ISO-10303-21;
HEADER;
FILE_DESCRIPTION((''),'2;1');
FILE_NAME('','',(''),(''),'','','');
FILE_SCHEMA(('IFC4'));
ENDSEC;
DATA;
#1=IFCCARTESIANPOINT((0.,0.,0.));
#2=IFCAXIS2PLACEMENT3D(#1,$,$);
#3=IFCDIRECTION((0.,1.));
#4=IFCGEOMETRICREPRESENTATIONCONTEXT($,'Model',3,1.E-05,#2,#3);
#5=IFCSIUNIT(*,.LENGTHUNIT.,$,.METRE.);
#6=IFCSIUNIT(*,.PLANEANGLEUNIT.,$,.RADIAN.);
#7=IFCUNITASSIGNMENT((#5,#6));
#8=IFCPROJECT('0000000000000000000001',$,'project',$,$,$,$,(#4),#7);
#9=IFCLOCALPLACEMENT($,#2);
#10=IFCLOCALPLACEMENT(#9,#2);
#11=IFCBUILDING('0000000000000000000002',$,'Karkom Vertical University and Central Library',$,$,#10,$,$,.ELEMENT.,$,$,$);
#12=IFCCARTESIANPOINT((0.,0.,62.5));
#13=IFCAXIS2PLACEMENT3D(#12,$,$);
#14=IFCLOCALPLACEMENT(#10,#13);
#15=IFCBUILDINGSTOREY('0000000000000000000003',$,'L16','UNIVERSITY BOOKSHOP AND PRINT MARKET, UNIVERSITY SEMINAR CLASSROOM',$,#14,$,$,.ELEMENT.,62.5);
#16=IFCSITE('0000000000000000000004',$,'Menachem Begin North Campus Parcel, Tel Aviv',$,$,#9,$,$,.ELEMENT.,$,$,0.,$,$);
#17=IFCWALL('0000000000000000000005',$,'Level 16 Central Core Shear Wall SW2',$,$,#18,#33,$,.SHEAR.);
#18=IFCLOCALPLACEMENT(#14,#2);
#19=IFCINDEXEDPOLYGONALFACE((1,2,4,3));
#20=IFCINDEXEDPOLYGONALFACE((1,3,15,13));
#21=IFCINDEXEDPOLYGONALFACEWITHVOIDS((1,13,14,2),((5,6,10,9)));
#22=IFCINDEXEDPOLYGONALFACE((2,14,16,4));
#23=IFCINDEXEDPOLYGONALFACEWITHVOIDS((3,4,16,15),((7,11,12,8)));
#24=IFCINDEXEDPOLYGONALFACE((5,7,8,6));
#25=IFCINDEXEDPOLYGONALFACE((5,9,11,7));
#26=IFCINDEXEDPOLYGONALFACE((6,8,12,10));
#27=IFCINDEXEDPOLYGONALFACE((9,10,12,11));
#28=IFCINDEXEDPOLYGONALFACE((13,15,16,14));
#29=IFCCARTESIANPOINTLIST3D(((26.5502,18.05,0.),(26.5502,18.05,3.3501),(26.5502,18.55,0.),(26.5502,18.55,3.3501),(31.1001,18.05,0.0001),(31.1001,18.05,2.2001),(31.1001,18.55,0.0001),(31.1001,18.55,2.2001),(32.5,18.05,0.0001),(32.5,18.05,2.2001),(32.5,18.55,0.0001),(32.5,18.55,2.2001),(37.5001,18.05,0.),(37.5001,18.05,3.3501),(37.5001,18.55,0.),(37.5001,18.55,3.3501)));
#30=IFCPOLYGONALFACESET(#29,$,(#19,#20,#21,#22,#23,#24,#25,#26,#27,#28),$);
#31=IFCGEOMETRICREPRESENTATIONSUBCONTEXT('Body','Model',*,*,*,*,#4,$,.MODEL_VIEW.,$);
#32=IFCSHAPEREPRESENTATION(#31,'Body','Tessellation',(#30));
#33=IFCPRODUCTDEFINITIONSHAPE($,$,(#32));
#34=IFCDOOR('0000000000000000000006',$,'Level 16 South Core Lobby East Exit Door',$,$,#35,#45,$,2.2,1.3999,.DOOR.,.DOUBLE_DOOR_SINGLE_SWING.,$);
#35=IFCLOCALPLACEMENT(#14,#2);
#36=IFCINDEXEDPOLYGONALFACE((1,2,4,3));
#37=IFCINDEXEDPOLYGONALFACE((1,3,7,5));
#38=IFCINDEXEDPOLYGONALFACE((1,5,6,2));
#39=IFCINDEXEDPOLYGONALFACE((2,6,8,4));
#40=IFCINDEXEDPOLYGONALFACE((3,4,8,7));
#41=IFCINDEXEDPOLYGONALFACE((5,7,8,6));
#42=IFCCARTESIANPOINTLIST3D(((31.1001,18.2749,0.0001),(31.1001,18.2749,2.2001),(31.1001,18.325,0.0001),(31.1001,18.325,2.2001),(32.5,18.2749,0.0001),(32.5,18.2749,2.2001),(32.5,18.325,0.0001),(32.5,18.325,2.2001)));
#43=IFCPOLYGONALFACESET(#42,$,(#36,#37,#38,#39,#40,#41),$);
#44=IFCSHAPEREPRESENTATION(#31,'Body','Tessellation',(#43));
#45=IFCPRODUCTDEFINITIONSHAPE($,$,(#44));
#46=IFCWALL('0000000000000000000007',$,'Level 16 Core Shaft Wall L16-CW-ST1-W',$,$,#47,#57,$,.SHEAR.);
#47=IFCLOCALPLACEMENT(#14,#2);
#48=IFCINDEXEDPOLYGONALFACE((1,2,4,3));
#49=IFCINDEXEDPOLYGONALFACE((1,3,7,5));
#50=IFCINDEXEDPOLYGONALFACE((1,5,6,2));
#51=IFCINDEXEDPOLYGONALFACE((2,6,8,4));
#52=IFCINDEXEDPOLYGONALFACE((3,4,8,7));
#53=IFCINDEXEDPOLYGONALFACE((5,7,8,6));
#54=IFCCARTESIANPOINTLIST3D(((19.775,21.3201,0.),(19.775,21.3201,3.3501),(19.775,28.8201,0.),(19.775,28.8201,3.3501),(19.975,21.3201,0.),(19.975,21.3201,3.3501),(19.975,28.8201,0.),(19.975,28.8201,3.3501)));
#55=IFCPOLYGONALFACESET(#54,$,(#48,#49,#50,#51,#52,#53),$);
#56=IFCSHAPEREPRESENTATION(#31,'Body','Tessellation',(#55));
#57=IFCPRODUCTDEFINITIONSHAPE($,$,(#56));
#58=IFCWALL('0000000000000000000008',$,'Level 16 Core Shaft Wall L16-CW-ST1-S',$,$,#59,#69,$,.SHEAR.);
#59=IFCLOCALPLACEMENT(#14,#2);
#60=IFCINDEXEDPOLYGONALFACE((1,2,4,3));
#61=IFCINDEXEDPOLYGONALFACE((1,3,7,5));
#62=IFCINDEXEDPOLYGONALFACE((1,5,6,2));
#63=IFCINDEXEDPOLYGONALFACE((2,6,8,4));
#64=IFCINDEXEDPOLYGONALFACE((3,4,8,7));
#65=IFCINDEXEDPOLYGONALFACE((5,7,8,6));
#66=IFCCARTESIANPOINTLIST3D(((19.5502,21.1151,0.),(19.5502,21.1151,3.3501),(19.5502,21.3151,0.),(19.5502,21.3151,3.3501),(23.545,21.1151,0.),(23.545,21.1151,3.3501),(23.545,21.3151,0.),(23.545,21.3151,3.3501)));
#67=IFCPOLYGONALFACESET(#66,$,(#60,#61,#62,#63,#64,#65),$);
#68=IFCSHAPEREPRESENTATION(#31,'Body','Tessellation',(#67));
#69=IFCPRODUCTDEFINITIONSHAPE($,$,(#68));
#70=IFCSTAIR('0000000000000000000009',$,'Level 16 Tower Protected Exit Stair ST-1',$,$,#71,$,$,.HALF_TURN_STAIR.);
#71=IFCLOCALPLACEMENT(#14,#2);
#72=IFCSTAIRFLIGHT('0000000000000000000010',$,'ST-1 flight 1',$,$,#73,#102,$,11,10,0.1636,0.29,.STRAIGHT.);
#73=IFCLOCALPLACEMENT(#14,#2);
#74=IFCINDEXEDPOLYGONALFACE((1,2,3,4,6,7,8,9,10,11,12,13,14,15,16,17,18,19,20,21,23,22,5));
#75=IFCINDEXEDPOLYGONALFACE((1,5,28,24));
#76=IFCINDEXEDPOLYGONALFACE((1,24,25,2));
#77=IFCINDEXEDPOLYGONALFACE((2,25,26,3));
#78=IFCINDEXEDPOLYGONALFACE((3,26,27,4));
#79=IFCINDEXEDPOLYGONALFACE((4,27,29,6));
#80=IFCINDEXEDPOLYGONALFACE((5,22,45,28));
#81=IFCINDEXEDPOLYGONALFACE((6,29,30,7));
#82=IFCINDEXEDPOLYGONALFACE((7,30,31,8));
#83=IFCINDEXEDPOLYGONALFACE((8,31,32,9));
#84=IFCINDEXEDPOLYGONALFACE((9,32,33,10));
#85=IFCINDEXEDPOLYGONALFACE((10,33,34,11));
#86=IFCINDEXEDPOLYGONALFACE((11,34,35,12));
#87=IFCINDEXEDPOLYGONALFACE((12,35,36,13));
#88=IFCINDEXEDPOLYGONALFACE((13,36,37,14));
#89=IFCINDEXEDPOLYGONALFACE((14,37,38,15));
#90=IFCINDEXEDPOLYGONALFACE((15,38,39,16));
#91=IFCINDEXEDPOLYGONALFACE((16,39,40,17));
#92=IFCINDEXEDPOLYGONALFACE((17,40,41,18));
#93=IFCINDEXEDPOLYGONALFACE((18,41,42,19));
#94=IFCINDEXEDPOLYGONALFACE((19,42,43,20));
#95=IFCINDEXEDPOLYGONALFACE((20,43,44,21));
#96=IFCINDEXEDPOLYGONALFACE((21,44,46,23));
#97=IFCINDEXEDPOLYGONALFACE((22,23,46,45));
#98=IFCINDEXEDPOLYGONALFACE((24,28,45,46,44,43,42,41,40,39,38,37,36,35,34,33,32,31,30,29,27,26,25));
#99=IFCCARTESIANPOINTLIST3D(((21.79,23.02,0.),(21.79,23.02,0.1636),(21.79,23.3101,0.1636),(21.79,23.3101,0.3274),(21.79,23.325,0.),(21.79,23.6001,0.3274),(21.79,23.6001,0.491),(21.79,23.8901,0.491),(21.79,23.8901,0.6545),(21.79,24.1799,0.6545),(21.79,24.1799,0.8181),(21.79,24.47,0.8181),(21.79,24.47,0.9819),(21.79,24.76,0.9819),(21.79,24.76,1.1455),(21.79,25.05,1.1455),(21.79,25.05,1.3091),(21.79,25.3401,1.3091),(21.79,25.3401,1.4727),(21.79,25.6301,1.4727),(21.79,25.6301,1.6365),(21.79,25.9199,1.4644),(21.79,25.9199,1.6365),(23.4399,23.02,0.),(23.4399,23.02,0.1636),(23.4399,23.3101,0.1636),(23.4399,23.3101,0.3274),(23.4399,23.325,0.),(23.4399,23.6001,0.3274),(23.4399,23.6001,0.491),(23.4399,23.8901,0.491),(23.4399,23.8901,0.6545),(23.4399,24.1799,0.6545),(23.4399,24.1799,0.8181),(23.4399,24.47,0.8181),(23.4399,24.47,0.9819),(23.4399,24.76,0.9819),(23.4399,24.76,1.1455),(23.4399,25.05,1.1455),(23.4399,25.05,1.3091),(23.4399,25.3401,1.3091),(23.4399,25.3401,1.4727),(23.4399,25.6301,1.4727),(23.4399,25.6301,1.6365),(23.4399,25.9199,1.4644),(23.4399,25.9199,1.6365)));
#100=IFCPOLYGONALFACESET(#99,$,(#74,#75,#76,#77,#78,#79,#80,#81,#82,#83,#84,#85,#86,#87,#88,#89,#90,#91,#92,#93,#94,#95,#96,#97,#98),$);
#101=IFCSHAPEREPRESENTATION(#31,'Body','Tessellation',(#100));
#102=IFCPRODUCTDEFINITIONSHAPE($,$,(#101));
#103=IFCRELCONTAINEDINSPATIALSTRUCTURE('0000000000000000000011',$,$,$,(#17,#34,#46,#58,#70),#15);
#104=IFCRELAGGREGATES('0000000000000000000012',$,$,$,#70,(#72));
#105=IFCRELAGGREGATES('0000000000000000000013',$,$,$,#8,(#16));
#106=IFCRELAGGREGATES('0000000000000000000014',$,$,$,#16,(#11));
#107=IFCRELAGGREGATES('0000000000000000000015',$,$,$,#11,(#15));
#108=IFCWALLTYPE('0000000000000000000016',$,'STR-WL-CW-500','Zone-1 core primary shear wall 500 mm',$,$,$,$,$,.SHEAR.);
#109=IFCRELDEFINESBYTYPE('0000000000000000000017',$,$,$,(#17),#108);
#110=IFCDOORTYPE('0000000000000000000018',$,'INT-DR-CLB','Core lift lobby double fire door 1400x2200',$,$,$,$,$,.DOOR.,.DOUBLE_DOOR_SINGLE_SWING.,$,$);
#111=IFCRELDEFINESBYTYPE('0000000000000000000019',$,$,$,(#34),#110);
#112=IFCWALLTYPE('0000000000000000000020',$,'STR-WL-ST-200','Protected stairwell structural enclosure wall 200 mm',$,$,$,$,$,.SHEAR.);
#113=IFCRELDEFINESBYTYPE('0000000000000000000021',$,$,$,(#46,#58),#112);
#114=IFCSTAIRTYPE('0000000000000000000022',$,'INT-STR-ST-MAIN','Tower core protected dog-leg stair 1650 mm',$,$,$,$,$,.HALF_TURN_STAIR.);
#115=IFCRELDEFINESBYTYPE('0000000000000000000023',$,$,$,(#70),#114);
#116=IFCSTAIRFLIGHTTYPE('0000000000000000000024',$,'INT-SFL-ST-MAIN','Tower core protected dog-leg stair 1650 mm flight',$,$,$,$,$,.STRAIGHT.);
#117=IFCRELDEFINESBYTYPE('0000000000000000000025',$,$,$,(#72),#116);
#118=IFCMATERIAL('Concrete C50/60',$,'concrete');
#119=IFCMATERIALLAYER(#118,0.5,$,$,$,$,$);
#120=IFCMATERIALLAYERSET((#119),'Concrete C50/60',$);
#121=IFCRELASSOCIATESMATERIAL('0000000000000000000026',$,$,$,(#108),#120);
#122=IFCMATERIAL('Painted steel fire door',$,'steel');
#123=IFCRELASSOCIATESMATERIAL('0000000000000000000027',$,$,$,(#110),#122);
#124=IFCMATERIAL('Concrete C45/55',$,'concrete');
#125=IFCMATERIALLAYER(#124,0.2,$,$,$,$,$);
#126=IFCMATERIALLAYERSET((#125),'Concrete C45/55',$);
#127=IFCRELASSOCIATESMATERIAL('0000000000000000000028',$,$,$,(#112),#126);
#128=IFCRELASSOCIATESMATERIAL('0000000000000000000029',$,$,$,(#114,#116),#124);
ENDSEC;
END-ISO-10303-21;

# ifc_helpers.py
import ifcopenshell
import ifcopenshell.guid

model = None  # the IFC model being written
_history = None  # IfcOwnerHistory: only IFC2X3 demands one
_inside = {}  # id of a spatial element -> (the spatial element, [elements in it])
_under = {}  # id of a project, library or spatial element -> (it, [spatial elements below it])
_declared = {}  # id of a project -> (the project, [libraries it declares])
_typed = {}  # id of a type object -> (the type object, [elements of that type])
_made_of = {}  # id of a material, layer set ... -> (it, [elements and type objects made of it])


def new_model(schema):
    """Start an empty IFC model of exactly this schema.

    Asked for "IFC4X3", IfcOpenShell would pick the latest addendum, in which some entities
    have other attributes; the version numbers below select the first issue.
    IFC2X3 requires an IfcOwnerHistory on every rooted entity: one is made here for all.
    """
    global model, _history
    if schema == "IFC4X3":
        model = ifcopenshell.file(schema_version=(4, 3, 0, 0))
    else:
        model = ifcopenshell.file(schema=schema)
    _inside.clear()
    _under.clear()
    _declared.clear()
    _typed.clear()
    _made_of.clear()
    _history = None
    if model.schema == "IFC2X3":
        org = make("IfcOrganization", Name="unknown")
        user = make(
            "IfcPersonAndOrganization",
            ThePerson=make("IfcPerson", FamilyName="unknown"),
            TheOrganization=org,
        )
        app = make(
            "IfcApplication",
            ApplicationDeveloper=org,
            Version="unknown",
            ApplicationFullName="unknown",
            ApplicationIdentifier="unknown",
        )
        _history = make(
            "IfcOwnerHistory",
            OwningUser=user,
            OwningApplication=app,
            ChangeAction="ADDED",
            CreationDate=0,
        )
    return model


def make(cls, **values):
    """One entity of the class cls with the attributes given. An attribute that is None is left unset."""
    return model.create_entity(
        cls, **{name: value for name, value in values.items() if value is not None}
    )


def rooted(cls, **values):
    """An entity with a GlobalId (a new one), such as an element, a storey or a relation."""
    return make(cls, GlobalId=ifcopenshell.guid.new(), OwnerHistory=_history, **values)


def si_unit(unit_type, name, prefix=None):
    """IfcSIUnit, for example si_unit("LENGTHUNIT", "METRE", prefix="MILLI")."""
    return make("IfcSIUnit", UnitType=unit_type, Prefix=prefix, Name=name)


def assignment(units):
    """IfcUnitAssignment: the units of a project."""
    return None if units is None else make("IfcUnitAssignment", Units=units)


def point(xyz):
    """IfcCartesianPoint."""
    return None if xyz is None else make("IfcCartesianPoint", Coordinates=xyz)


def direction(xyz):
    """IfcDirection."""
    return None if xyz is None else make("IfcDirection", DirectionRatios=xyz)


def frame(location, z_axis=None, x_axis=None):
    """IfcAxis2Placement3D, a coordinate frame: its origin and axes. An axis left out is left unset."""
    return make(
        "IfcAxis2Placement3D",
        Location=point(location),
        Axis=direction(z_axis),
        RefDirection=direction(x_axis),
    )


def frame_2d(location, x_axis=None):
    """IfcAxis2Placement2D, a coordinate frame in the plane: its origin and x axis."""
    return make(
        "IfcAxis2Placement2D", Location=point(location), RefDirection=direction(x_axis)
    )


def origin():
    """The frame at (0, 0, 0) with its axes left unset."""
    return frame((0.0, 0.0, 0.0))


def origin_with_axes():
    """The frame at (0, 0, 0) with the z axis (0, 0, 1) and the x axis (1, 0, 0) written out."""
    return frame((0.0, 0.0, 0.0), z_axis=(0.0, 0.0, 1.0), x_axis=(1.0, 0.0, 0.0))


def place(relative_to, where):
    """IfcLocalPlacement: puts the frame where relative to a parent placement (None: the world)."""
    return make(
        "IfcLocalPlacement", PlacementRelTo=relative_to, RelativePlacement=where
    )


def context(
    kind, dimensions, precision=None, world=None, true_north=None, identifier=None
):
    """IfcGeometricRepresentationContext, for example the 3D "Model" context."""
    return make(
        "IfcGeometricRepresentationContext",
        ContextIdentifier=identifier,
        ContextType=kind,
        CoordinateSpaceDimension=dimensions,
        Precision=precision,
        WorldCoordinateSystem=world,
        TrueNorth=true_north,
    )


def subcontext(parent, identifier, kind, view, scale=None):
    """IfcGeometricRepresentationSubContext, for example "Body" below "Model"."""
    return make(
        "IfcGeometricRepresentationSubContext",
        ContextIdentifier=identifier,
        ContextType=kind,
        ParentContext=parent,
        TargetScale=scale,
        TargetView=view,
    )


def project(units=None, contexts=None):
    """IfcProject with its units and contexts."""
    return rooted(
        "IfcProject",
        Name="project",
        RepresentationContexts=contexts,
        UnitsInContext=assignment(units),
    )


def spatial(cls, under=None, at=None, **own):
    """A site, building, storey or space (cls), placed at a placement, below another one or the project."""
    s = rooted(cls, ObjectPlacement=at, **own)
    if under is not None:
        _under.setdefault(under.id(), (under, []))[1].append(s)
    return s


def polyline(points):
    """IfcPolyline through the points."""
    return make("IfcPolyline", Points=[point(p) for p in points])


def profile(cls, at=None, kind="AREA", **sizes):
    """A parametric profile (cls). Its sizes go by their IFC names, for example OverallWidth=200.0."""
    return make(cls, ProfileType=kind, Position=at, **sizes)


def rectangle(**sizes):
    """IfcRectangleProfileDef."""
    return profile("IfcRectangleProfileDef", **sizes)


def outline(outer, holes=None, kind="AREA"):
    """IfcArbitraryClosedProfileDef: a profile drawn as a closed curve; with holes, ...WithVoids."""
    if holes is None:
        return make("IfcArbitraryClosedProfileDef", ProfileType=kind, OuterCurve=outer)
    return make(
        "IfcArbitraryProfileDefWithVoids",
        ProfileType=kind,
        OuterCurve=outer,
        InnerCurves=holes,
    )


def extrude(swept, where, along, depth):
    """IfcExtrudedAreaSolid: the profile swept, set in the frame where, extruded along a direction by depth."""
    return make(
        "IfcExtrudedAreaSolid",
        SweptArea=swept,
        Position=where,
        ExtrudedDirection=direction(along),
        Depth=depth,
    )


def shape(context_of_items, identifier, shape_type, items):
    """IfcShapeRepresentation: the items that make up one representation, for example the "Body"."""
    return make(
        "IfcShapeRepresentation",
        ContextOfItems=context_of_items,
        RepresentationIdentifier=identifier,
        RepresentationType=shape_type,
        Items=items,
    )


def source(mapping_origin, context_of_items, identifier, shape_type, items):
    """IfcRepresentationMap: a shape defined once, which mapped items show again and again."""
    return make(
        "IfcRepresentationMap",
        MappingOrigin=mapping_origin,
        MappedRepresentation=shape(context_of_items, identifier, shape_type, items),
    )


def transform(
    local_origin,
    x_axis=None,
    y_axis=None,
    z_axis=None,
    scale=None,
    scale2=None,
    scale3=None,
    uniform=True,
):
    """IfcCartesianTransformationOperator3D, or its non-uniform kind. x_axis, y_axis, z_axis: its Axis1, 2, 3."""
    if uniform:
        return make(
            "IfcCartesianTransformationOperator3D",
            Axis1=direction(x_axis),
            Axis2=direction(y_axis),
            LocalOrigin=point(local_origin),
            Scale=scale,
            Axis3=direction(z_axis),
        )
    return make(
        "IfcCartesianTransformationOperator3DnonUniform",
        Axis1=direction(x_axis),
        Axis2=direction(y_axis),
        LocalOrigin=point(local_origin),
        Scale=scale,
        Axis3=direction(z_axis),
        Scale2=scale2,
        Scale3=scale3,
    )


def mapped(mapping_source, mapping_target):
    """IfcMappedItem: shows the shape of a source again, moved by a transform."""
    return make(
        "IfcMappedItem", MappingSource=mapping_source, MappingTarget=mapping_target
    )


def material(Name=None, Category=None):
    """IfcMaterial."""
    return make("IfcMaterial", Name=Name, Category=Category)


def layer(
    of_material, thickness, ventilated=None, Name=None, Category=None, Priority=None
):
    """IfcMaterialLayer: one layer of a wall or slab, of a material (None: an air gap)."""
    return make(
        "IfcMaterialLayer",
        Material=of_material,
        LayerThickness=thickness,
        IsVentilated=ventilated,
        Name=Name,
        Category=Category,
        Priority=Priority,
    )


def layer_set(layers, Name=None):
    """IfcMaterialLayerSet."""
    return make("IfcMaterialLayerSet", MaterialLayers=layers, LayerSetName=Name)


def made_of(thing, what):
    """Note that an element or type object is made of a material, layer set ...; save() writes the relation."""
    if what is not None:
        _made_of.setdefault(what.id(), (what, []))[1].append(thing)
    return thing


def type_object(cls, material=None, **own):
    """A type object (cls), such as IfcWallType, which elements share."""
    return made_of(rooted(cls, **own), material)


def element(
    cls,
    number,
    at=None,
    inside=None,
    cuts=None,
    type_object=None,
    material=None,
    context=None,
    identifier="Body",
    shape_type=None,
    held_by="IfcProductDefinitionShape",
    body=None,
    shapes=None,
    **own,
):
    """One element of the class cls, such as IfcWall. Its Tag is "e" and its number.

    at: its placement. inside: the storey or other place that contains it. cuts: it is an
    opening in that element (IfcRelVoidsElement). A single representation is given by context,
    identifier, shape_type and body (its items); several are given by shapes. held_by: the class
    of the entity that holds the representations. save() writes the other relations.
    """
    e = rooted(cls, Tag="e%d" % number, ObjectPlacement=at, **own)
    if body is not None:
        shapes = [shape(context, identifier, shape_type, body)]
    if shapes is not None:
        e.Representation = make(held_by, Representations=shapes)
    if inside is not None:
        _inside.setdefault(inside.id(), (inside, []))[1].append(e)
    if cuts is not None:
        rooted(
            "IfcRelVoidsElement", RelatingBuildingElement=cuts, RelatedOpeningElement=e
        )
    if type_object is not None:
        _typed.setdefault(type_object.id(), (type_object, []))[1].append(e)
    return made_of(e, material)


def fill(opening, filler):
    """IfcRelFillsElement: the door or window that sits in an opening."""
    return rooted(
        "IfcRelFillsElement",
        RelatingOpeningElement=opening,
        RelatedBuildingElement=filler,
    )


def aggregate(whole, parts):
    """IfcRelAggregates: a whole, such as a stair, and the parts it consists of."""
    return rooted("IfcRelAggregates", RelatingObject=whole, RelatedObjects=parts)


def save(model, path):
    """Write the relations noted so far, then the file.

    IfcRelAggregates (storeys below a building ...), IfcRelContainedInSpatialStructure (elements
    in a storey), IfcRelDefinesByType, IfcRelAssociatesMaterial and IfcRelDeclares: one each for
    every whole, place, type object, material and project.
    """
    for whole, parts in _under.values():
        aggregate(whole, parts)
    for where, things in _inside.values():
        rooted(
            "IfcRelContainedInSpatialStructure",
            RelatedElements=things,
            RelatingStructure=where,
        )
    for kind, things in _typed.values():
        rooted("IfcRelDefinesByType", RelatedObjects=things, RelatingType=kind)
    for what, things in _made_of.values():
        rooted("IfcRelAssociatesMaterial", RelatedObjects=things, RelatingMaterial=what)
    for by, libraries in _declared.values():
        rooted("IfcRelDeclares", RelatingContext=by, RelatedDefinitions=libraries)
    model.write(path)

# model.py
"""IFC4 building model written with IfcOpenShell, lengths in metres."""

from ifc_helpers import new_model, si_unit, direction, frame, frame_2d, origin, origin_with_axes, place, context, subcontext, project, spatial, polyline, rectangle, outline, extrude, source, transform, mapped, material, layer, layer_set, type_object, element, fill, aggregate, save


model = new_model("IFC4")

# Units and contexts
model_context = context("Model", 3, precision=1e-05, world=origin(), true_north=direction((0.0, 1.0)))
body_context = subcontext(model_context, "Body", "Model", "MODEL_VIEW")
ifc_project = project(units=[si_unit("LENGTHUNIT", "METRE"), si_unit("PLANEANGLEUNIT", "RADIAN")], contexts=[model_context])

# Site, building, storey
site_placement = place(None, origin())
site = spatial("IfcSite", under=ifc_project, at=site_placement, Name="Menachem Begin North Campus Parcel, Tel Aviv", CompositionType="ELEMENT", RefElevation=0.0)
building_placement = place(site_placement, origin())
building = spatial("IfcBuilding", under=site, at=building_placement, Name="Karkom Vertical University and Central Library", CompositionType="ELEMENT")
storey_placement = place(building_placement, frame((0.0, 0.0, 62.5)))
storey = spatial("IfcBuildingStorey", under=building, at=storey_placement, Name="L16", Description="UNIVERSITY BOOKSHOP AND PRINT MARKET, UNIVERSITY SEMINAR CLASSROOM", CompositionType="ELEMENT", Elevation=62.5)

# Shared definitions
ifc_material_1 = material(Name="Concrete C50/60", Category="concrete")

# Wall, opening, door
ifc_layer_1 = layer(ifc_material_1, 0.5)
ifc_layer_set_1 = layer_set([ifc_layer_1], Name="Concrete C50/60")
wall_type_1 = type_object("IfcWallType", Name="STR-WL-CW-500", Description="Zone-1 core primary shear wall 500 mm", PredefinedType="SHEAR", material=ifc_layer_set_1)
wall_1_placement = place(storey_placement, frame((26.55, 18.3, 0.0), z_axis=(0.0, 0.0, 1.0), x_axis=(1.0, 0.0, 0.0)))
wall_1 = element("IfcWall", 1, at=wall_1_placement, inside=storey, type_object=wall_type_1, Name="Level 16 Central Core Shear Wall SW2", PredefinedType="SHEAR", context=body_context, shape_type="SweptSolid", body=[
    extrude(rectangle(XDim=10.95, YDim=0.5, at=frame_2d((5.4751, 0.0))), origin(), (0.0, 0.0, 1.0), 3.3501),
])
opening_1_placement = place(wall_1_placement, frame((4.55, 0.0, 0.0)))
opening_1 = element("IfcOpeningElement", 2, at=opening_1_placement, cuts=wall_1, PredefinedType="OPENING", context=body_context, shape_type="SweptSolid", body=[
    extrude(rectangle(XDim=1.3999, YDim=2.2, at=frame_2d((0.7, 1.1001))), frame((0.0, 0.26, 0.0), z_axis=(0.0, -1.0, 0.0), x_axis=(1.0, 0.0, 0.0)), (0.0, 0.0, 1.0), 0.52),
])
ifc_material_2 = material(Name="Painted steel fire door", Category="steel")
door_type_1 = type_object("IfcDoorType", Name="INT-DR-CLB", Description="Core lift lobby double fire door 1400x2200", OperationType="DOUBLE_DOOR_SINGLE_SWING", PredefinedType="DOOR", material=ifc_material_2)
shared_shape_1 = source(origin_with_axes(), body_context, "Body", "SweptSolid", [
    extrude(rectangle(XDim=1.3999, YDim=2.2, at=frame_2d((0.7, 1.1001))), frame((0.0, 0.0249, 0.0), z_axis=(0.0, -1.0, 0.0), x_axis=(1.0, 0.0, 0.0)), (0.0, 0.0, 1.0), 0.05),
])
door_1_placement = place(opening_1_placement, origin())
door_1 = element("IfcDoor", 3, at=door_1_placement, inside=storey, type_object=door_type_1, Name="Level 16 South Core Lobby East Exit Door", OperationType="DOUBLE_DOOR_SINGLE_SWING", OverallHeight=2.2, OverallWidth=1.3999, PredefinedType="DOOR", context=body_context, shape_type="MappedRepresentation", body=[
    mapped(shared_shape_1, transform((0.0, 0.0, 0.0), scale=1.0)),
])
fill(opening_1, door_1)

# Shared definitions
ifc_material_3 = material(Name="Concrete C45/55", Category="concrete")
ifc_layer_2 = layer(ifc_material_3, 0.2)
ifc_layer_set_2 = layer_set([ifc_layer_2], Name="Concrete C45/55")
wall_type_2 = type_object("IfcWallType", Name="STR-WL-ST-200", Description="Protected stairwell structural enclosure wall 200 mm", PredefinedType="SHEAR", material=ifc_layer_set_2)

# Walls
wall_2_placement = place(storey_placement, frame((19.875, 21.3201, 0.0), z_axis=(0.0, 0.0, 1.0), x_axis=(0.0, 1.0, 0.0)))
element("IfcWall", 4, at=wall_2_placement, inside=storey, type_object=wall_type_2, Name="Level 16 Core Shaft Wall L16-CW-ST1-W", PredefinedType="SHEAR", context=body_context, shape_type="SweptSolid", body=[
    extrude(rectangle(XDim=7.5, YDim=0.2, at=frame_2d((3.75, 0.0))), origin(), (0.0, 0.0, 1.0), 3.3501),
])
wall_3_placement = place(storey_placement, frame((19.55, 21.2151, 0.0), z_axis=(0.0, 0.0, 1.0), x_axis=(1.0, 0.0, 0.0)))
element("IfcWall", 5, at=wall_3_placement, inside=storey, type_object=wall_type_2, Name="Level 16 Core Shaft Wall L16-CW-ST1-S", PredefinedType="SHEAR", context=body_context, shape_type="SweptSolid", body=[
    extrude(rectangle(XDim=3.9949, YDim=0.2, at=frame_2d((1.9976, 0.0))), origin(), (0.0, 0.0, 1.0), 3.3501),
])

# Stair, stair flight
stair_type = type_object("IfcStairType", Name="INT-STR-ST-MAIN", Description="Tower core protected dog-leg stair 1650 mm", PredefinedType="HALF_TURN_STAIR", material=ifc_material_3)
stair_placement = place(storey_placement, origin())
stair = element("IfcStair", 6, at=stair_placement, inside=storey, type_object=stair_type, Name="Level 16 Tower Protected Exit Stair ST-1", PredefinedType="HALF_TURN_STAIR")
stair_flight_type = type_object("IfcStairFlightType", Name="INT-SFL-ST-MAIN", Description="Tower core protected dog-leg stair 1650 mm flight", PredefinedType="STRAIGHT", material=ifc_material_3)
stair_flight_placement = place(storey_placement, frame((22.615, 23.02, 0.0), z_axis=(0.0, 0.0, 1.0), x_axis=(0.0, 1.0, 0.0)))
stair_flight = element("IfcStairFlight", 7, at=stair_flight_placement, type_object=stair_flight_type, Name="ST-1 flight 1", NumberOfRisers=11, NumberOfTreads=10, PredefinedType="STRAIGHT", RiserHeight=0.1636, TreadLength=0.29, context=body_context, shape_type="SweptSolid", body=[
    extrude(outline(polyline([(0.0, 0.0), (0.0, 0.1636), (0.29, 0.1636), (0.29, 0.3274), (0.5801, 0.3274), (0.5801, 0.491), (0.8701, 0.491), (0.8701, 0.6545), (1.1599, 0.6545), (1.1599, 0.8181), (1.45, 0.8181), (1.45, 0.9819), (1.74, 0.9819), (1.74, 1.1455), (2.03, 1.1455), (2.03, 1.3091), (2.3201, 1.3091), (2.3201, 1.4727), (2.6101, 1.4727), (2.6101, 1.6365), (2.8999, 1.6365), (2.8999, 1.8), (2.8999, 1.4644), (0.3049, 0.0), (0.0, 0.0)])), frame((0.0, 0.825, 0.0), z_axis=(0.0, -1.0, 0.0), x_axis=(1.0, 0.0, 0.0)), (0.0, 0.0, 1.0), 1.6499),
])
aggregate(stair, [stair_flight])

save(model, "model.ifc")
